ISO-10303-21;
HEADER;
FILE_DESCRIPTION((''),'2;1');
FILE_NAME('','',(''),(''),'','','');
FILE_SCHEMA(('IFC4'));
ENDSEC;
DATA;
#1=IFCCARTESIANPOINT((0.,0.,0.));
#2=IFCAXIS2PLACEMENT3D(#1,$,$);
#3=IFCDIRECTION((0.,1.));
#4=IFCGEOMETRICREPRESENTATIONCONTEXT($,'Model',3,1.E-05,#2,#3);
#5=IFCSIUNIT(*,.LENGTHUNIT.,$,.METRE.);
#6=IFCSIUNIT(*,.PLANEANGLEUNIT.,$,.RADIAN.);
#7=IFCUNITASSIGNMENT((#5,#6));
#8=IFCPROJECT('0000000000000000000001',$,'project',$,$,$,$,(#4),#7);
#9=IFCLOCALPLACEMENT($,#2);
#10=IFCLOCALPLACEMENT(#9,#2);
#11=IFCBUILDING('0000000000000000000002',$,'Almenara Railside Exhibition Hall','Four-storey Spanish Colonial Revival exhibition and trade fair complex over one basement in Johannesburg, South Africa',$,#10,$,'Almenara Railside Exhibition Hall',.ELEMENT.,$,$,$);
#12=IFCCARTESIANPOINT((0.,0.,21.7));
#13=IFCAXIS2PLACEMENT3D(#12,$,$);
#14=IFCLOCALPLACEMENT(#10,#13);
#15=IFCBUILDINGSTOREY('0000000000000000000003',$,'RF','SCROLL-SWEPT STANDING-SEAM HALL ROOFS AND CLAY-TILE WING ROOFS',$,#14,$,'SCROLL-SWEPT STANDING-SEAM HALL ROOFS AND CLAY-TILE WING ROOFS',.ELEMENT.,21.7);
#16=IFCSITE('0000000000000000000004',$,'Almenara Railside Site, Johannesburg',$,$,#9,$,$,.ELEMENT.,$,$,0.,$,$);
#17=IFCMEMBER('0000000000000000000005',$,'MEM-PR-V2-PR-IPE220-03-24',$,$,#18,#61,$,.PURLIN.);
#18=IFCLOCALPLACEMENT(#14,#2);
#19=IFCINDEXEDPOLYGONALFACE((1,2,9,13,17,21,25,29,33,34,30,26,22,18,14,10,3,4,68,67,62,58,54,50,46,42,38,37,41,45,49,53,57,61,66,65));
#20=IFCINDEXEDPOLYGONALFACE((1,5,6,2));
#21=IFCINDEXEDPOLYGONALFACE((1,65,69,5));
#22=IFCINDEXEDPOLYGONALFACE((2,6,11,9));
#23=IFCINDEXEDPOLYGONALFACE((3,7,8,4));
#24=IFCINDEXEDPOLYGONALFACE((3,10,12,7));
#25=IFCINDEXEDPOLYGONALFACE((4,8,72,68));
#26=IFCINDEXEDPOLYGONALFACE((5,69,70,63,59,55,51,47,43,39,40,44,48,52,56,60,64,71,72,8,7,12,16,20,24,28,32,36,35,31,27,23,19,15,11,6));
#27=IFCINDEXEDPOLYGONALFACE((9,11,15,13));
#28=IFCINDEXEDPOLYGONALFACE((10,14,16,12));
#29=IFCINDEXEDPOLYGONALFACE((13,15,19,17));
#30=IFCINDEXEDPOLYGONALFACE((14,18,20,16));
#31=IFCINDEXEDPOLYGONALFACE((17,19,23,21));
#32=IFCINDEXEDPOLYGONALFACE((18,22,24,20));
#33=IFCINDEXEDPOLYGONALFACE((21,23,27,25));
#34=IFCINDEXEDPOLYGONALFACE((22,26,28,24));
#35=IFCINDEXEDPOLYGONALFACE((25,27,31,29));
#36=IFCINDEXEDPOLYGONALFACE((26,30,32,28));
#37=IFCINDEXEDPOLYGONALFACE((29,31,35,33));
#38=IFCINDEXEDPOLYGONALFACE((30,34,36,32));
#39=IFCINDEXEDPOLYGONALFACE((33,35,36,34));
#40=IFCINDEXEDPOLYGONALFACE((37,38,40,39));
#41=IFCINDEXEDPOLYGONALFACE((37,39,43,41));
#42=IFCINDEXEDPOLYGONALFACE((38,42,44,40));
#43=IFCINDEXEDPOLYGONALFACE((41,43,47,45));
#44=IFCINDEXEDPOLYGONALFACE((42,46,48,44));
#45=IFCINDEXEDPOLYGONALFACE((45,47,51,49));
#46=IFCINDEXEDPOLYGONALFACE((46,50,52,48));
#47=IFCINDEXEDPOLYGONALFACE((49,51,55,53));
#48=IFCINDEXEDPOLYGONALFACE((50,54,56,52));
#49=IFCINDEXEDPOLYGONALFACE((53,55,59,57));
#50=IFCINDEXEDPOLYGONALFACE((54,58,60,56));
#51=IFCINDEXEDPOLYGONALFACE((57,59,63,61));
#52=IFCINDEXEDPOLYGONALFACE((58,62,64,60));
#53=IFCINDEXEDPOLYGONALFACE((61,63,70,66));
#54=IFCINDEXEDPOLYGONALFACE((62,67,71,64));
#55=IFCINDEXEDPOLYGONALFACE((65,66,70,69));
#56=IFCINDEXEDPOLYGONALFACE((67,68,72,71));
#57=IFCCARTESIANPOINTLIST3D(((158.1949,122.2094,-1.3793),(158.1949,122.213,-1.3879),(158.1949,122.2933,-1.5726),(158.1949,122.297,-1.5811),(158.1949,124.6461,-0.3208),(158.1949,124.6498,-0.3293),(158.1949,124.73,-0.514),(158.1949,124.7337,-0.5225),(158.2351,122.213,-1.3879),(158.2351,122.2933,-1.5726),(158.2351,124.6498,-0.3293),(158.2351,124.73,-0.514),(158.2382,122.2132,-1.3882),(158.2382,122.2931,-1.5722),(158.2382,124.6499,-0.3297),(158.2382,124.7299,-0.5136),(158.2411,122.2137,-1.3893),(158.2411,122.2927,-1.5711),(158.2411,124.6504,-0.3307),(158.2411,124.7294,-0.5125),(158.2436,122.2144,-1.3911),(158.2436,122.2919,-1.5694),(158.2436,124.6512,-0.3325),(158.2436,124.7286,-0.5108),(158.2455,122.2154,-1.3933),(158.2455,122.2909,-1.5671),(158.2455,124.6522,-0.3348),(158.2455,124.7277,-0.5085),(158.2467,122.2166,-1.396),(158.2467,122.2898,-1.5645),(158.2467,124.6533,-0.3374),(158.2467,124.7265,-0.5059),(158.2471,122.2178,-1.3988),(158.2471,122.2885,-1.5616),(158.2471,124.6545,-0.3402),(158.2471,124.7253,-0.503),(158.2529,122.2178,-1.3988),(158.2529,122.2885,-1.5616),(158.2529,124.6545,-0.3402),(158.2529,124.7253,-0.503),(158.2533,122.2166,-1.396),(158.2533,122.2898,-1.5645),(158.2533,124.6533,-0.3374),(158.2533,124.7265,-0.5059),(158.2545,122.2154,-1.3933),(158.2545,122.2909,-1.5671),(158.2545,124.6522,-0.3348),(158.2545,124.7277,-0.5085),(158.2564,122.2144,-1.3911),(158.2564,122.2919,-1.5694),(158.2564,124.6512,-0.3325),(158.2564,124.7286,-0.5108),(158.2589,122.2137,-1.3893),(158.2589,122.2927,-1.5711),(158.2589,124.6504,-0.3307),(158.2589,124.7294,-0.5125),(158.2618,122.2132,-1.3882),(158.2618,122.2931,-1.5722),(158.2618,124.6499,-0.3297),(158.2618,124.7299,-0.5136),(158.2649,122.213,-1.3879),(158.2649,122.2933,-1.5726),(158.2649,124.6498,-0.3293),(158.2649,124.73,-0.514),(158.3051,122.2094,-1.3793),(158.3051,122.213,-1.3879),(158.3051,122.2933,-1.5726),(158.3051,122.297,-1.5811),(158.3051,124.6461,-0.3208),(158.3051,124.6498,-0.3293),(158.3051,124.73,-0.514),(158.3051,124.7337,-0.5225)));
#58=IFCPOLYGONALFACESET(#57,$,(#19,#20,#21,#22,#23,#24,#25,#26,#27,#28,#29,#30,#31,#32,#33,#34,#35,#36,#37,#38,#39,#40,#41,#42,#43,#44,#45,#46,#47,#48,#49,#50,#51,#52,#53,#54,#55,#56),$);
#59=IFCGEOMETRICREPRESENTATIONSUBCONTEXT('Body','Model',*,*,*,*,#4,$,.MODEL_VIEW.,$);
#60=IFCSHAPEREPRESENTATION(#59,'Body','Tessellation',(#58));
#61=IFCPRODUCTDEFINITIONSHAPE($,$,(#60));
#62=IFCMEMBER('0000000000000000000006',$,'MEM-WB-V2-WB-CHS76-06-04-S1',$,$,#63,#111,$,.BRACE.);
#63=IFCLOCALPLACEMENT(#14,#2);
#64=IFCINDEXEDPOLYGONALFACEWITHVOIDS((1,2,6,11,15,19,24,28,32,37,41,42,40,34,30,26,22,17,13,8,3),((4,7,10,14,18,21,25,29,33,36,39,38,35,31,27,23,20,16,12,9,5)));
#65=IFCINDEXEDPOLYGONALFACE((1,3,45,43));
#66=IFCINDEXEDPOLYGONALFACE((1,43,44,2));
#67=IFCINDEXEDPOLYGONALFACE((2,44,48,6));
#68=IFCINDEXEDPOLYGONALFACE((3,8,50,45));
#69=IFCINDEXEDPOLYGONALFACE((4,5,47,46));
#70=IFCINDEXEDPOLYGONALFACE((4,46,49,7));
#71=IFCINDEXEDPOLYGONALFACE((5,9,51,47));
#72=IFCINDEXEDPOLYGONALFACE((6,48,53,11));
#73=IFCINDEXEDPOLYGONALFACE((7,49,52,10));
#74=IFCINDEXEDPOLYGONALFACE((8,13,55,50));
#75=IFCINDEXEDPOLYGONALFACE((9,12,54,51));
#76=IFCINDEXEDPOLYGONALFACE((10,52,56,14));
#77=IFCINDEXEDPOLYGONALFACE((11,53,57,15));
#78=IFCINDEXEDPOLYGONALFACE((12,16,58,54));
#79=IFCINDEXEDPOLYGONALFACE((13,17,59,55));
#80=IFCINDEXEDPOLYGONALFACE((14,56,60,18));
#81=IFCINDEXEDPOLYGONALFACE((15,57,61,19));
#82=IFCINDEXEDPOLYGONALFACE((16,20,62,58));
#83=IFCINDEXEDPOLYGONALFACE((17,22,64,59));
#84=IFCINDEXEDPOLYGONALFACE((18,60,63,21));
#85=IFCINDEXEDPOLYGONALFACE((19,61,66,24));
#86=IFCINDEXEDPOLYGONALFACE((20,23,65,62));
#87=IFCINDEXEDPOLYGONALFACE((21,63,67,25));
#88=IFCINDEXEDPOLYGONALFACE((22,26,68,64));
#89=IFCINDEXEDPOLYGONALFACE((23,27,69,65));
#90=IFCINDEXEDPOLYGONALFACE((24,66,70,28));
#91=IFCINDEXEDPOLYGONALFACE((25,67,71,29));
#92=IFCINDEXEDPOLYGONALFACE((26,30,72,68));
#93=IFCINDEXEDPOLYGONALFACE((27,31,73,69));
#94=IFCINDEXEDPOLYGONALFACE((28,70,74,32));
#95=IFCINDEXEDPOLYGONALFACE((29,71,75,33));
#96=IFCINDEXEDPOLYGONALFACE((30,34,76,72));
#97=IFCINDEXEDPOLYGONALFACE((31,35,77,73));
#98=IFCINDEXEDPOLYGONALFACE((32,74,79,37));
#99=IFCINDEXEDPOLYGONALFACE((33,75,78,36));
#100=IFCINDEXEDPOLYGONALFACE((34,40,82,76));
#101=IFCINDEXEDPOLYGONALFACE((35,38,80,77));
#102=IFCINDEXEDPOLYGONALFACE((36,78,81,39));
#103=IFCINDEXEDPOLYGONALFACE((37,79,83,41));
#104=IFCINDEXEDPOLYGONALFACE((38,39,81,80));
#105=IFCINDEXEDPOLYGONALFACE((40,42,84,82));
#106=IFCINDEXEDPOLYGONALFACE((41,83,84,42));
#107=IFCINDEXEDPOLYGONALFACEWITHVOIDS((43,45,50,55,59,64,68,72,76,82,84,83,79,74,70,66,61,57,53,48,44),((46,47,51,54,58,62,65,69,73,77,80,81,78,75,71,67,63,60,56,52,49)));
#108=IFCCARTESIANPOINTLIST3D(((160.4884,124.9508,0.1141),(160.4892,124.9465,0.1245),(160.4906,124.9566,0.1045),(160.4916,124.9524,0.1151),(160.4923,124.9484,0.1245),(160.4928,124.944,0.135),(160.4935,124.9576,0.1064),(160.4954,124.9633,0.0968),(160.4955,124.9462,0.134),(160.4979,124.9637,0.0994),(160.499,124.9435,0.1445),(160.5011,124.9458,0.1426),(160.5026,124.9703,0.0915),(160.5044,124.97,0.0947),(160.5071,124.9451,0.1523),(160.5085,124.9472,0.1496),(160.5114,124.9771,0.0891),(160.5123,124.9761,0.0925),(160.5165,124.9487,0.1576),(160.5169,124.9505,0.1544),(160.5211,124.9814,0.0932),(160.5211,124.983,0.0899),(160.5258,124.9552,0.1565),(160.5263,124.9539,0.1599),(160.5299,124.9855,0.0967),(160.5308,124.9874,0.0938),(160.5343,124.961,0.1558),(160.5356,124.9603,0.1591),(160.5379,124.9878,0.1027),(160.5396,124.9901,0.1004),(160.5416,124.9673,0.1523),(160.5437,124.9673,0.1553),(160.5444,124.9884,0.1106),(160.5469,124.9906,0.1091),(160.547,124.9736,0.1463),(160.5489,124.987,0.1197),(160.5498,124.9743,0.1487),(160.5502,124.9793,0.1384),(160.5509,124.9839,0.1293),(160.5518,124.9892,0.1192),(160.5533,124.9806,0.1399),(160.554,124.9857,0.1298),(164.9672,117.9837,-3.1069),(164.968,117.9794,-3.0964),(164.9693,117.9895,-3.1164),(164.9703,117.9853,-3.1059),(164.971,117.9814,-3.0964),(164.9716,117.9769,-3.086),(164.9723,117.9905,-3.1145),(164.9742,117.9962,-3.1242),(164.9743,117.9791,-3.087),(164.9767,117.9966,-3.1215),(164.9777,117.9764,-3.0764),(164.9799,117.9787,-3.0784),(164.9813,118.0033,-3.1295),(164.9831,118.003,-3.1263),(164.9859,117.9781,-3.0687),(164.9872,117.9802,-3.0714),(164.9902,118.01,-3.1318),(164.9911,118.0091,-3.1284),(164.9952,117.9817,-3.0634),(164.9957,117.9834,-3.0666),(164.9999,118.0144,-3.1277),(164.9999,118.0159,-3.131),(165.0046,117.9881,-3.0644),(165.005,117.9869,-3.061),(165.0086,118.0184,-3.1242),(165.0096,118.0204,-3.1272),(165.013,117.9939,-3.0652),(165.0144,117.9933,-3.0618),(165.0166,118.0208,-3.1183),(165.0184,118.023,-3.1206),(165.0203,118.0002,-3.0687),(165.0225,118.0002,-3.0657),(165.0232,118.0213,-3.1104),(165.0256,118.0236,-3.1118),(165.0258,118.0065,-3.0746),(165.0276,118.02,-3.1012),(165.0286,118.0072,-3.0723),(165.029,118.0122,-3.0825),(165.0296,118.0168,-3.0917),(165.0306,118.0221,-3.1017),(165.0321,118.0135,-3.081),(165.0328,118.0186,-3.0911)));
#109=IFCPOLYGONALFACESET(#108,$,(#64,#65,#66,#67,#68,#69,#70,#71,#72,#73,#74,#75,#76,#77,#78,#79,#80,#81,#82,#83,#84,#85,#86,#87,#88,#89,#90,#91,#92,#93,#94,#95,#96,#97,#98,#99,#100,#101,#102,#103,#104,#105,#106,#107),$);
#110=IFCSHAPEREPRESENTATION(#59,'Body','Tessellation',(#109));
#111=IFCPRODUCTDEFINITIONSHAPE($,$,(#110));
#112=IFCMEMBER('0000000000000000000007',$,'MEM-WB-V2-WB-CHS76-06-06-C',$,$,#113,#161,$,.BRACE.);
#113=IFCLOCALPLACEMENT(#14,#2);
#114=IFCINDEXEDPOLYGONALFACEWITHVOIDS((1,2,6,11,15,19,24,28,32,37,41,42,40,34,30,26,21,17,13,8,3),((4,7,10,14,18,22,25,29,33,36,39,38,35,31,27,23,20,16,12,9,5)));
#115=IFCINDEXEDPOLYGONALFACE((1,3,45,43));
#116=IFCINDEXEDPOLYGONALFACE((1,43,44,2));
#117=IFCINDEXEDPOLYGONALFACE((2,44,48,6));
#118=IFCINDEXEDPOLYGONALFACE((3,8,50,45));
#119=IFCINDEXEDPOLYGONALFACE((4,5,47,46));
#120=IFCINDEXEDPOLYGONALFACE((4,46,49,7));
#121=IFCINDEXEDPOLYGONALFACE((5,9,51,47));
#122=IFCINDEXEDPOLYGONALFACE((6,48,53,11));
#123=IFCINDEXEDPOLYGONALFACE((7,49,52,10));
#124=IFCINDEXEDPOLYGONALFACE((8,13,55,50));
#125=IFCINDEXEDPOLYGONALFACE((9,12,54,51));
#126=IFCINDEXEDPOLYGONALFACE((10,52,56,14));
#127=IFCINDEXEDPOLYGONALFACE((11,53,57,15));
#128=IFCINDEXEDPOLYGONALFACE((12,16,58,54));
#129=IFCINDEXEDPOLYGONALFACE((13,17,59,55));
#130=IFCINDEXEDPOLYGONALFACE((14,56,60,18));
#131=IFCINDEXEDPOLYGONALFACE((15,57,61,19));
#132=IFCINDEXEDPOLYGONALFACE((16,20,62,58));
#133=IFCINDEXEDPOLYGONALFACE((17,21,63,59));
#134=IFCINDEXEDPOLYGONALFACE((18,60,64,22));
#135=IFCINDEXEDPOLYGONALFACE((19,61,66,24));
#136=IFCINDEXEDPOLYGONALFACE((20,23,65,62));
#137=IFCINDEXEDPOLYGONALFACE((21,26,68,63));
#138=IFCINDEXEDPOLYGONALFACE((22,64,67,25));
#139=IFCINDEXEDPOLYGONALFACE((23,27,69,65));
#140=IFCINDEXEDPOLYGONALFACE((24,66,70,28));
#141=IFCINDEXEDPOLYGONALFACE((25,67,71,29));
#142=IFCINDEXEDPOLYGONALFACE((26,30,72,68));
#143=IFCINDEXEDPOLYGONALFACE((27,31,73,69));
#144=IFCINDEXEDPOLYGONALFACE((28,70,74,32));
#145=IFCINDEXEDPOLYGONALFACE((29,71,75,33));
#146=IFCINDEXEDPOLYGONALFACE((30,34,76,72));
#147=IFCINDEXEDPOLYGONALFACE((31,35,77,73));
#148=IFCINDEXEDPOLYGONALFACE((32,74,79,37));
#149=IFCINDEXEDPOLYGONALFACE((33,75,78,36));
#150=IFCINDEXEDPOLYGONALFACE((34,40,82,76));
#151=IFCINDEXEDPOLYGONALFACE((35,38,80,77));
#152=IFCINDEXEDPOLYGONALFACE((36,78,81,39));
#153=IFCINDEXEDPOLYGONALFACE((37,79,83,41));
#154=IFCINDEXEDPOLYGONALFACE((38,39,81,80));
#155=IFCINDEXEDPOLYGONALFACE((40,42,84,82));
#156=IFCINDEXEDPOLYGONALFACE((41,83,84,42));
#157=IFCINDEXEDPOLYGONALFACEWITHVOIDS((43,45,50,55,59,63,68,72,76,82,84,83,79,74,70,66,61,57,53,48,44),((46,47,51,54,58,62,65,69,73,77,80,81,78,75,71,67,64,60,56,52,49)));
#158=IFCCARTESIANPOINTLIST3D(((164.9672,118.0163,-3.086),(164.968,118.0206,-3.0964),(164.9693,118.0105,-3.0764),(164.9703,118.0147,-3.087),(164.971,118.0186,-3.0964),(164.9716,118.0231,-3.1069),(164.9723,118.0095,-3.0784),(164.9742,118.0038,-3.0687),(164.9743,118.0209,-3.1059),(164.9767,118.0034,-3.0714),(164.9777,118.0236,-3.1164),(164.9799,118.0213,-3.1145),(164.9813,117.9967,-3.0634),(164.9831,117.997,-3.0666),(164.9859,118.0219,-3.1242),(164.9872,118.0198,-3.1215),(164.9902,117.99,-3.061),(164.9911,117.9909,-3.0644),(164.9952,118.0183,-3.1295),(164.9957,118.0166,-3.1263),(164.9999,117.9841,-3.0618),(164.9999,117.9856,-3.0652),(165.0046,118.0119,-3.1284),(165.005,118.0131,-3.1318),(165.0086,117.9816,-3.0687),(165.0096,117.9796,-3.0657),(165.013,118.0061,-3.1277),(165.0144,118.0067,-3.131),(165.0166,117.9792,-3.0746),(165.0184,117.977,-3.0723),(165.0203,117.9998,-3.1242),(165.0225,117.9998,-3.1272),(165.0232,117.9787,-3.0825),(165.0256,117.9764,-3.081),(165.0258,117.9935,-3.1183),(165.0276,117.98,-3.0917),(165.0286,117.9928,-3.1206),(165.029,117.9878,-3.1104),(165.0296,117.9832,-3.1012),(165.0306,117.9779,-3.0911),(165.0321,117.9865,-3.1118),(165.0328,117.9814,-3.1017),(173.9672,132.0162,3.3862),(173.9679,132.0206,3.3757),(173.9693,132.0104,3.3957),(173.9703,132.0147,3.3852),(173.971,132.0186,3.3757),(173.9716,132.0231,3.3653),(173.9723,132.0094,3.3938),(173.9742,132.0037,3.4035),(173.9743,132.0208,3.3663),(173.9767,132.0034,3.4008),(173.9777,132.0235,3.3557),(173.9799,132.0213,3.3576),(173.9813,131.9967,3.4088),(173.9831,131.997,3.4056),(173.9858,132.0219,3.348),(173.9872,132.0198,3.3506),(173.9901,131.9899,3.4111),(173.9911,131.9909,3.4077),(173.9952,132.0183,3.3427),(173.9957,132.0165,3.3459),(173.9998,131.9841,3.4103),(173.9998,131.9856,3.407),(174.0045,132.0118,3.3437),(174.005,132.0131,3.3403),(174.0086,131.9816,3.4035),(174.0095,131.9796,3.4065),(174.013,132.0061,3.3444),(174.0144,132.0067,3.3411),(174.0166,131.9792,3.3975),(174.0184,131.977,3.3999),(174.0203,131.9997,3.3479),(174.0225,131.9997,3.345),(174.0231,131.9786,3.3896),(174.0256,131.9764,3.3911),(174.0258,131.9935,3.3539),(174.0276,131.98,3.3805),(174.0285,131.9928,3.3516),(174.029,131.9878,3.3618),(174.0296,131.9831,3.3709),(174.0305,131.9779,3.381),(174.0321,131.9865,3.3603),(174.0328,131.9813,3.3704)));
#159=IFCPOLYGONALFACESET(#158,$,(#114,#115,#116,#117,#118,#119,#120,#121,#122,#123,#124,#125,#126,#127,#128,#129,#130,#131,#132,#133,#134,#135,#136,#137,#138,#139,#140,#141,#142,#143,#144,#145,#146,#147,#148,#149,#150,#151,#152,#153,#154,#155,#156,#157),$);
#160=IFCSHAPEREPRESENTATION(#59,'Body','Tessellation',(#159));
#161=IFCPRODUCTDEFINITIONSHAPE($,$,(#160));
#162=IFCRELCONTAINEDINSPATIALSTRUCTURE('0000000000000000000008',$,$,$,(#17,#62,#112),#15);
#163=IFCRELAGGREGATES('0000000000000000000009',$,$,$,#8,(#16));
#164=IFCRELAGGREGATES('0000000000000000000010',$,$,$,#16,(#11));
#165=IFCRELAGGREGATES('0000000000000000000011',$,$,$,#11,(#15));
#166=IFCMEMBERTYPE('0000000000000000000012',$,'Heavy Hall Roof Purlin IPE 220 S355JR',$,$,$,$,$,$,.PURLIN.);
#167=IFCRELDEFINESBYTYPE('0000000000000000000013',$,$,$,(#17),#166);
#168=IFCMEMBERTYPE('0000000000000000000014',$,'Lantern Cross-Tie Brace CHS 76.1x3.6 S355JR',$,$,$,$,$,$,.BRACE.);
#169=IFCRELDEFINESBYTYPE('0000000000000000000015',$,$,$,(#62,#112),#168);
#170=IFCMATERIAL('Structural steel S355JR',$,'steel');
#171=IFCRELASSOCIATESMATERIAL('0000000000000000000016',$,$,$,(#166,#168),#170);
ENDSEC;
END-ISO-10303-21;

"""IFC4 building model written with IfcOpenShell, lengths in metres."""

from ifc_helpers import new_model, si_unit, direction, frame, origin, origin_2d, place, context, subcontext, project, spatial, hollow_circle, i_section, extrude, material, material_profile, profile_set, type_object, element, save


model = new_model("IFC4")

# Units and contexts
model_context = context("Model", 3, precision=1e-05, world=origin(), true_north=direction((0.0, 1.0)))
body_context = subcontext(model_context, "Body", "Model", "MODEL_VIEW")
ifc_project = project(units=[si_unit("LENGTHUNIT", "METRE"), si_unit("PLANEANGLEUNIT", "RADIAN")], contexts=[model_context])

# Site, building, storey
site_placement = place(None, origin())
site = spatial("IfcSite", under=ifc_project, at=site_placement, Name="Almenara Railside Site, Johannesburg", CompositionType="ELEMENT", RefElevation=0.0)
building_placement = place(site_placement, origin())
building = spatial("IfcBuilding", under=site, at=building_placement, Name="Almenara Railside Exhibition Hall", Description="Four-storey Spanish Colonial Revival exhibition and trade fair complex over one basement in Johannesburg, South Africa", LongName="Almenara Railside Exhibition Hall", CompositionType="ELEMENT")
storey_placement = place(building_placement, frame((0.0, 0.0, 21.7)))
storey = spatial("IfcBuildingStorey", under=building, at=storey_placement, Name="RF", Description="SCROLL-SWEPT STANDING-SEAM HALL ROOFS AND CLAY-TILE WING ROOFS", LongName="SCROLL-SWEPT STANDING-SEAM HALL ROOFS AND CLAY-TILE WING ROOFS", CompositionType="ELEMENT", Elevation=21.7)

# Members
ifc_material_1 = material(Name="Structural steel S355JR", Category="steel")
ifc_material_profile_1 = material_profile(ifc_material_1, i_section(OverallWidth=0.1101, OverallDepth=0.22, WebThickness=0.0059, FlangeThickness=0.0093, FilletRadius=0.012, at=origin_2d()), Name="IPE 220")
ifc_profile_set_1 = profile_set([ifc_material_profile_1], Name="Structural steel S355JR")
member_type_1 = type_object("IfcMemberType", Name="Heavy Hall Roof Purlin IPE 220 S355JR", PredefinedType="PURLIN", material=ifc_profile_set_1)
member_1_placement = place(storey_placement, frame((158.25, 122.2532, -1.4802), z_axis=(0.0, 0.91719, 0.398451), x_axis=(-1.0, 0.0, 0.0)))
element("IfcMember", 1, at=member_1_placement, inside=storey, type_object=member_type_1, Name="MEM-PR-V2-PR-IPE220-03-24", PredefinedType="PURLIN", context=body_context, shape_type="SweptSolid", body=[
    extrude(i_section(OverallWidth=0.1101, OverallDepth=0.22, WebThickness=0.0059, FlangeThickness=0.0093, FilletRadius=0.012, at=origin_2d()), origin(), (0.0, 0.0, 1.0), 2.6567),
])
ifc_material_profile_2 = material_profile(ifc_material_1, hollow_circle(Radius=0.0381, WallThickness=0.0037, at=origin_2d()), Name="CHS 76.1x3.6")
ifc_profile_set_2 = profile_set([ifc_material_profile_2], Name="Structural steel S355JR")
member_type_2 = type_object("IfcMemberType", Name="Lantern Cross-Tie Brace CHS 76.1x3.6 S355JR", PredefinedType="BRACE", material=ifc_profile_set_2)
member_2_placement = place(storey_placement, frame((165.0, 118.0, -3.0964), z_axis=(-0.503985, 0.783985, 0.362446), x_axis=(-0.841181, -0.540753, 0.0)))
element("IfcMember", 2, at=member_2_placement, inside=storey, type_object=member_type_2, Name="MEM-WB-V2-WB-CHS76-06-04-S1", PredefinedType="BRACE", context=body_context, shape_type="SweptSolid", body=[
    extrude(hollow_circle(Radius=0.0381, WallThickness=0.0037, at=origin_2d()), origin(), (0.0, 0.0, 1.0), 8.8867),
])
member_3_placement = place(storey_placement, frame((165.0, 118.0, -3.0964), z_axis=(0.503991, 0.783986, 0.362435), x_axis=(-0.841178, 0.540758, 0.0)))
element("IfcMember", 3, at=member_3_placement, inside=storey, type_object=member_type_2, Name="MEM-WB-V2-WB-CHS76-06-06-C", PredefinedType="BRACE", context=body_context, shape_type="SweptSolid", body=[
    extrude(hollow_circle(Radius=0.0381, WallThickness=0.0037, at=origin_2d()), origin(), (0.0, 0.0, 1.0), 17.8574),
])

save(model, "model.ifc")
